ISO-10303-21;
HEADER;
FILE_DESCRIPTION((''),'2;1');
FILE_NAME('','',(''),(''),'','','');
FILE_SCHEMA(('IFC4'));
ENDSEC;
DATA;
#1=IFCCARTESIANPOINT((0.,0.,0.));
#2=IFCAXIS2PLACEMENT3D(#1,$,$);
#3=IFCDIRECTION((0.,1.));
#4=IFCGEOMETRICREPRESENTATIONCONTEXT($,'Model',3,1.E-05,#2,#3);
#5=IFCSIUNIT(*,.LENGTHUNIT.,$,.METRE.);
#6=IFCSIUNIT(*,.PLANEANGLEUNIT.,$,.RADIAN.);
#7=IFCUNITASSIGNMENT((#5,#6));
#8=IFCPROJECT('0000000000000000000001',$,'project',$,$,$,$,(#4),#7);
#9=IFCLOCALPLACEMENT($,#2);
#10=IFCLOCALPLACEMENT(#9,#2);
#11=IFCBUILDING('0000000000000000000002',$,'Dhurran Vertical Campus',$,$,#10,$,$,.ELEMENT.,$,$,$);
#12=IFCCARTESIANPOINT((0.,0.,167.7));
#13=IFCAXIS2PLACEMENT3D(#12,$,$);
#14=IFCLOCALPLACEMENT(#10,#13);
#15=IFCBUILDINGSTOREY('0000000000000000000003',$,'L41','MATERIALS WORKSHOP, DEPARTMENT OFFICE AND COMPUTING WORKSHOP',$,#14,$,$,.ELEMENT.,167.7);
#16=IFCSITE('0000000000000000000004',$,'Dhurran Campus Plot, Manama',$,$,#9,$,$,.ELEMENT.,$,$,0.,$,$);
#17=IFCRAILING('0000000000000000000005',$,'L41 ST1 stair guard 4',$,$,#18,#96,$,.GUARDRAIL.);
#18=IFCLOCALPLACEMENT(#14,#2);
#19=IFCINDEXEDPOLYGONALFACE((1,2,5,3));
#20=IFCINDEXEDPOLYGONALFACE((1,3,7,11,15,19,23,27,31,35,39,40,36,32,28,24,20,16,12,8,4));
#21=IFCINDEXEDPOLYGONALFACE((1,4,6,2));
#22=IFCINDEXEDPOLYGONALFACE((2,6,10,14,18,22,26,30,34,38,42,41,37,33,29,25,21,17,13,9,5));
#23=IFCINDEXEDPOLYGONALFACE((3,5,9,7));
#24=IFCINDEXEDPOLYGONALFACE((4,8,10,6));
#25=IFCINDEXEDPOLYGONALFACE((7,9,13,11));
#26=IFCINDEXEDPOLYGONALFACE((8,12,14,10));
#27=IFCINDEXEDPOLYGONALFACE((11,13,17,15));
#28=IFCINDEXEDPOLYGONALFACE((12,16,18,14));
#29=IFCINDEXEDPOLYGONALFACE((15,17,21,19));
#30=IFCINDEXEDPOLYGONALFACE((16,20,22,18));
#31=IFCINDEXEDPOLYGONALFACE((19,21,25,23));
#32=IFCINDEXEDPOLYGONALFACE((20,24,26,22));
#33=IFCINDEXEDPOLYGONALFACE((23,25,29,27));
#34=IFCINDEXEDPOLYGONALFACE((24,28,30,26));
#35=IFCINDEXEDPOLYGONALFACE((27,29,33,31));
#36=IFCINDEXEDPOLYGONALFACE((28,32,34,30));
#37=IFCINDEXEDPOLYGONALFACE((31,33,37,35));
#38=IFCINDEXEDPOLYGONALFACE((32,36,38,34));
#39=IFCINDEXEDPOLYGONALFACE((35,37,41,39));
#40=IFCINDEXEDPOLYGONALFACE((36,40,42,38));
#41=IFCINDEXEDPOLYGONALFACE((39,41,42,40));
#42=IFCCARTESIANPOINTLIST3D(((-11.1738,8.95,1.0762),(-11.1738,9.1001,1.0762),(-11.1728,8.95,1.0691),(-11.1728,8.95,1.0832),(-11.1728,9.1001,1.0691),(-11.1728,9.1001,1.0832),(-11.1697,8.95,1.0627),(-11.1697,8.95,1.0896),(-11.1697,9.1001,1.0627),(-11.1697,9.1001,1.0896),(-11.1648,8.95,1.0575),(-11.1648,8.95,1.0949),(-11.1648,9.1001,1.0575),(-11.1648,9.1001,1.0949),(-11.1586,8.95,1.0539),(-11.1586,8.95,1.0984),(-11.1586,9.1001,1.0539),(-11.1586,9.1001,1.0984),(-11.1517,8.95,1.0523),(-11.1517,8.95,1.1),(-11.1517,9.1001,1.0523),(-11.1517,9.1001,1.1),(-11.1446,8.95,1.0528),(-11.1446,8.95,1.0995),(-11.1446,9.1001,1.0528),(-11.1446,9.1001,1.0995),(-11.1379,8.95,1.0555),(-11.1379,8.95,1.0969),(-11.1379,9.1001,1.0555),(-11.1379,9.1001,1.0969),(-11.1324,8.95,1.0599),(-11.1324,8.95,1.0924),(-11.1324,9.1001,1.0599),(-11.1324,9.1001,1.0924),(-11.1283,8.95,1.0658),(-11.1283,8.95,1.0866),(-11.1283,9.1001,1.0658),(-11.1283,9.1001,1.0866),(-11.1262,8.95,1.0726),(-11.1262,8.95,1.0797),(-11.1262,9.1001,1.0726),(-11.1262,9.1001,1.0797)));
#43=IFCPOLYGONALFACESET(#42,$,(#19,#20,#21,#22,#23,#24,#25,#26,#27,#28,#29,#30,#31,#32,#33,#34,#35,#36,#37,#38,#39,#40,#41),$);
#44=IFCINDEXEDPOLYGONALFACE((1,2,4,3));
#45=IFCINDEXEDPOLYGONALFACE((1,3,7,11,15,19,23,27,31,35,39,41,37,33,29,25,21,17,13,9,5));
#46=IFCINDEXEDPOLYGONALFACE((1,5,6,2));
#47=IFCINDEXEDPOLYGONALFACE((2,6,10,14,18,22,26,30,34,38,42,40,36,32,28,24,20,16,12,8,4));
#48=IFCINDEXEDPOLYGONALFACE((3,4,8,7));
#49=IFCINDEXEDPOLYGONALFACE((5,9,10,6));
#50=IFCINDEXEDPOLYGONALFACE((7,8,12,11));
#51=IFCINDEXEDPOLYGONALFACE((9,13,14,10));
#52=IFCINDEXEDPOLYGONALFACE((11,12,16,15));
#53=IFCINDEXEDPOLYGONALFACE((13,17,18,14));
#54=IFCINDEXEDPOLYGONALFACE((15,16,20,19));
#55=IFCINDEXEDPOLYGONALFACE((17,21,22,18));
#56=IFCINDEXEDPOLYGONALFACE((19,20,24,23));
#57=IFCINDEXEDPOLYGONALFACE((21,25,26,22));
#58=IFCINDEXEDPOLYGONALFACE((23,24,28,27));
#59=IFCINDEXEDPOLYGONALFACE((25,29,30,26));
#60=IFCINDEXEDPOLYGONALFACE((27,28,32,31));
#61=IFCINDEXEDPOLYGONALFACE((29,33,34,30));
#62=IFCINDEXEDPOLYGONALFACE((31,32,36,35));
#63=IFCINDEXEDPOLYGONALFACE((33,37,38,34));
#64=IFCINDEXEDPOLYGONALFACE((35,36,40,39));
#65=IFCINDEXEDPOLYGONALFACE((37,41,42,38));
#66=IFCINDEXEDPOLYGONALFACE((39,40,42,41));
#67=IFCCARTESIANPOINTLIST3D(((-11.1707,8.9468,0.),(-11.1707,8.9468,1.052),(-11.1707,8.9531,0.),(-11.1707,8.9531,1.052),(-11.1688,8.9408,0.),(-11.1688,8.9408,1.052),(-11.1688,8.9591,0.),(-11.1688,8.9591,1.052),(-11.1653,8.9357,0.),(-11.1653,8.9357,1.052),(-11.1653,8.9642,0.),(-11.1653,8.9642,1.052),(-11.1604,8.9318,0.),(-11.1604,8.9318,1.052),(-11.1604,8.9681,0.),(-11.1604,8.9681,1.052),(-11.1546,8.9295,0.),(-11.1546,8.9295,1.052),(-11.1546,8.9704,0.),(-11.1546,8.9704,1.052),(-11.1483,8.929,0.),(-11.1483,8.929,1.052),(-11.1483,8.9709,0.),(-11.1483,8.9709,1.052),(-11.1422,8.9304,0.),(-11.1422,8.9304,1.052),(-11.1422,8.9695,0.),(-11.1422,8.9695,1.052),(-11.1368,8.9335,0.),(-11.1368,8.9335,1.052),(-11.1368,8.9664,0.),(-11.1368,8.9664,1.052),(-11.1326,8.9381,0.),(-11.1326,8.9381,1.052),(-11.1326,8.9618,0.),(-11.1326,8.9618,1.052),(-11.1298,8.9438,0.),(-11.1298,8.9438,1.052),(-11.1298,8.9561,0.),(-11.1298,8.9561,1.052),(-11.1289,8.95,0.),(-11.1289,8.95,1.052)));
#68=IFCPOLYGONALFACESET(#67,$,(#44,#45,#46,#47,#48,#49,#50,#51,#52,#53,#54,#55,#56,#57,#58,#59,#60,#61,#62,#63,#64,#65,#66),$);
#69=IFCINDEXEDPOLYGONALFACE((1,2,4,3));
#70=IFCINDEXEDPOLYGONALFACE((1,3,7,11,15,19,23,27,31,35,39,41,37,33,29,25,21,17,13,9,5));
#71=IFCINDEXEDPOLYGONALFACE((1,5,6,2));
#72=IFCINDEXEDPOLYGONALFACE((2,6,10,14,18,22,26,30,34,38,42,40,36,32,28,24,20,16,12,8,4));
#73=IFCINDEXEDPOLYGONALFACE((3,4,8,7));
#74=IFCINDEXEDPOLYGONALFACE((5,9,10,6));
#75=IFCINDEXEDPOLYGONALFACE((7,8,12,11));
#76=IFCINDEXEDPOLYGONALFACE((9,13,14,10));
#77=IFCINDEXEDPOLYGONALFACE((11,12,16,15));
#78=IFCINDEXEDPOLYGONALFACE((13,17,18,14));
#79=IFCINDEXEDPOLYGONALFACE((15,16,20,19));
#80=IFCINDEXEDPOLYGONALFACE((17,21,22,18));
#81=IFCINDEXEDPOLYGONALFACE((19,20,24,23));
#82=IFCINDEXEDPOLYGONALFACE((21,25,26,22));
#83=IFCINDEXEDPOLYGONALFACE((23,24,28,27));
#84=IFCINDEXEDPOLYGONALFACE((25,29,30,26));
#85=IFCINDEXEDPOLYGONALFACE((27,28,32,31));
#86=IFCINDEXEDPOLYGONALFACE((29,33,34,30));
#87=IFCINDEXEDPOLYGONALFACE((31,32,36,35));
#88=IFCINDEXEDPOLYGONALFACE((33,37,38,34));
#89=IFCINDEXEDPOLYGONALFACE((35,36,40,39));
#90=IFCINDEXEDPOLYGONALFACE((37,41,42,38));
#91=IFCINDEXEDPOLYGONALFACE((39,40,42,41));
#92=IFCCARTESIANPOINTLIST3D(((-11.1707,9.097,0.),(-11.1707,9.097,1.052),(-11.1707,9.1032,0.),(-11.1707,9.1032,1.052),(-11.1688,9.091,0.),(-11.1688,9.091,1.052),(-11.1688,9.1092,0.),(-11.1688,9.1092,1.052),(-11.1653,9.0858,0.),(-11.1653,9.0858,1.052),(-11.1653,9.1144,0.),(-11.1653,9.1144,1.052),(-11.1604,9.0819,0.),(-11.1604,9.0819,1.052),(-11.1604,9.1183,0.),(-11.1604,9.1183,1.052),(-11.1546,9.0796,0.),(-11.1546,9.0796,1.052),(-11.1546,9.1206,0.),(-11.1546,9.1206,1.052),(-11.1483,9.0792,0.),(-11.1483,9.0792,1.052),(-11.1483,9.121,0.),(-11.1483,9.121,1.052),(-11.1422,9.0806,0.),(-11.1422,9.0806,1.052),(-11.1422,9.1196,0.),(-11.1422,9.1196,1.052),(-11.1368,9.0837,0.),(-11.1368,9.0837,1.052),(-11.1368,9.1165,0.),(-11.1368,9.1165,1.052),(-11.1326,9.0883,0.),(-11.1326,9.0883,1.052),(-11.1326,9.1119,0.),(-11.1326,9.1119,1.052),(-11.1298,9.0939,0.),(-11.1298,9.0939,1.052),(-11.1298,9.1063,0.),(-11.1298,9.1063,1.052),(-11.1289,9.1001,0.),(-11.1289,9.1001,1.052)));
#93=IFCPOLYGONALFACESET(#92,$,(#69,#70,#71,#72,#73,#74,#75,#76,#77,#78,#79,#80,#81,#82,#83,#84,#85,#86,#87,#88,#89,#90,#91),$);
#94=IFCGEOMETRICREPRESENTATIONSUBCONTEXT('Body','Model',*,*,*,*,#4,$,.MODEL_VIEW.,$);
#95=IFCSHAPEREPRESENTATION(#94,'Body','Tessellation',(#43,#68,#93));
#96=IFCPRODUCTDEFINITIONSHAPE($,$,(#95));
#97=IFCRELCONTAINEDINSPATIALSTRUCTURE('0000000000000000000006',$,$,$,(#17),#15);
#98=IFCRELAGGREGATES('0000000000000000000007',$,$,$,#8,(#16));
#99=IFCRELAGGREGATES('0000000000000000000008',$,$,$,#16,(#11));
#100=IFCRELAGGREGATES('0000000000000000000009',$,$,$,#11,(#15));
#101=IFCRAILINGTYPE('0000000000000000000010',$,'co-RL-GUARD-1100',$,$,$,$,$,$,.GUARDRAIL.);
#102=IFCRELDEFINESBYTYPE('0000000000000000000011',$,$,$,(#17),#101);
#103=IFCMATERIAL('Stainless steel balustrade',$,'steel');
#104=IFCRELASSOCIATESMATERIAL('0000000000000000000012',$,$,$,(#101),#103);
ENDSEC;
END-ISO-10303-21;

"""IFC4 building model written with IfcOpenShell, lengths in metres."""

from ifc_helpers import new_model, si_unit, direction, frame, origin, origin_2d, place, context, subcontext, project, spatial, circle, extrude, material, type_object, element, save


model = new_model("IFC4")

# Units and contexts
model_context = context("Model", 3, precision=1e-05, world=origin(), true_north=direction((0.0, 1.0)))
body_context = subcontext(model_context, "Body", "Model", "MODEL_VIEW")
ifc_project = project(units=[si_unit("LENGTHUNIT", "METRE"), si_unit("PLANEANGLEUNIT", "RADIAN")], contexts=[model_context])

# Site, building, storey
site_placement = place(None, origin())
site = spatial("IfcSite", under=ifc_project, at=site_placement, Name="Dhurran Campus Plot, Manama", CompositionType="ELEMENT", RefElevation=0.0)
building_placement = place(site_placement, origin())
building = spatial("IfcBuilding", under=site, at=building_placement, Name="Dhurran Vertical Campus", CompositionType="ELEMENT")
storey_placement = place(building_placement, frame((0.0, 0.0, 167.7)))
storey = spatial("IfcBuildingStorey", under=building, at=storey_placement, Name="L41", Description="MATERIALS WORKSHOP, DEPARTMENT OFFICE AND COMPUTING WORKSHOP", CompositionType="ELEMENT", Elevation=167.7)

# Railing
ifc_material_1 = material(Name="Stainless steel balustrade", Category="steel")
railing_type_1 = type_object("IfcRailingType", Name="co-RL-GUARD-1100", PredefinedType="GUARDRAIL", material=ifc_material_1)
railing_1_placement = place(storey_placement, frame((-11.1499, 8.95, 0.0)))
element("IfcRailing", 1, at=railing_1_placement, inside=storey, type_object=railing_type_1, Name="L41 ST1 stair guard 4", PredefinedType="GUARDRAIL", context=body_context, shape_type="SweptSolid", body=[
    extrude(circle(Radius=0.0239, at=origin_2d()), frame((0.0, 0.0, 1.0762), z_axis=(0.0, 1.0, 0.0), x_axis=(-1.0, 0.0, 0.0)), (0.0, 0.0, 1.0), 0.1501),
    extrude(circle(Radius=0.021, at=origin_2d()), origin(), (0.0, 0.0, 1.0), 1.052),
    extrude(circle(Radius=0.021, at=origin_2d()), frame((0.0, 0.1501, 0.0)), (0.0, 0.0, 1.0), 1.052),
])

save(model, "model.ifc")
